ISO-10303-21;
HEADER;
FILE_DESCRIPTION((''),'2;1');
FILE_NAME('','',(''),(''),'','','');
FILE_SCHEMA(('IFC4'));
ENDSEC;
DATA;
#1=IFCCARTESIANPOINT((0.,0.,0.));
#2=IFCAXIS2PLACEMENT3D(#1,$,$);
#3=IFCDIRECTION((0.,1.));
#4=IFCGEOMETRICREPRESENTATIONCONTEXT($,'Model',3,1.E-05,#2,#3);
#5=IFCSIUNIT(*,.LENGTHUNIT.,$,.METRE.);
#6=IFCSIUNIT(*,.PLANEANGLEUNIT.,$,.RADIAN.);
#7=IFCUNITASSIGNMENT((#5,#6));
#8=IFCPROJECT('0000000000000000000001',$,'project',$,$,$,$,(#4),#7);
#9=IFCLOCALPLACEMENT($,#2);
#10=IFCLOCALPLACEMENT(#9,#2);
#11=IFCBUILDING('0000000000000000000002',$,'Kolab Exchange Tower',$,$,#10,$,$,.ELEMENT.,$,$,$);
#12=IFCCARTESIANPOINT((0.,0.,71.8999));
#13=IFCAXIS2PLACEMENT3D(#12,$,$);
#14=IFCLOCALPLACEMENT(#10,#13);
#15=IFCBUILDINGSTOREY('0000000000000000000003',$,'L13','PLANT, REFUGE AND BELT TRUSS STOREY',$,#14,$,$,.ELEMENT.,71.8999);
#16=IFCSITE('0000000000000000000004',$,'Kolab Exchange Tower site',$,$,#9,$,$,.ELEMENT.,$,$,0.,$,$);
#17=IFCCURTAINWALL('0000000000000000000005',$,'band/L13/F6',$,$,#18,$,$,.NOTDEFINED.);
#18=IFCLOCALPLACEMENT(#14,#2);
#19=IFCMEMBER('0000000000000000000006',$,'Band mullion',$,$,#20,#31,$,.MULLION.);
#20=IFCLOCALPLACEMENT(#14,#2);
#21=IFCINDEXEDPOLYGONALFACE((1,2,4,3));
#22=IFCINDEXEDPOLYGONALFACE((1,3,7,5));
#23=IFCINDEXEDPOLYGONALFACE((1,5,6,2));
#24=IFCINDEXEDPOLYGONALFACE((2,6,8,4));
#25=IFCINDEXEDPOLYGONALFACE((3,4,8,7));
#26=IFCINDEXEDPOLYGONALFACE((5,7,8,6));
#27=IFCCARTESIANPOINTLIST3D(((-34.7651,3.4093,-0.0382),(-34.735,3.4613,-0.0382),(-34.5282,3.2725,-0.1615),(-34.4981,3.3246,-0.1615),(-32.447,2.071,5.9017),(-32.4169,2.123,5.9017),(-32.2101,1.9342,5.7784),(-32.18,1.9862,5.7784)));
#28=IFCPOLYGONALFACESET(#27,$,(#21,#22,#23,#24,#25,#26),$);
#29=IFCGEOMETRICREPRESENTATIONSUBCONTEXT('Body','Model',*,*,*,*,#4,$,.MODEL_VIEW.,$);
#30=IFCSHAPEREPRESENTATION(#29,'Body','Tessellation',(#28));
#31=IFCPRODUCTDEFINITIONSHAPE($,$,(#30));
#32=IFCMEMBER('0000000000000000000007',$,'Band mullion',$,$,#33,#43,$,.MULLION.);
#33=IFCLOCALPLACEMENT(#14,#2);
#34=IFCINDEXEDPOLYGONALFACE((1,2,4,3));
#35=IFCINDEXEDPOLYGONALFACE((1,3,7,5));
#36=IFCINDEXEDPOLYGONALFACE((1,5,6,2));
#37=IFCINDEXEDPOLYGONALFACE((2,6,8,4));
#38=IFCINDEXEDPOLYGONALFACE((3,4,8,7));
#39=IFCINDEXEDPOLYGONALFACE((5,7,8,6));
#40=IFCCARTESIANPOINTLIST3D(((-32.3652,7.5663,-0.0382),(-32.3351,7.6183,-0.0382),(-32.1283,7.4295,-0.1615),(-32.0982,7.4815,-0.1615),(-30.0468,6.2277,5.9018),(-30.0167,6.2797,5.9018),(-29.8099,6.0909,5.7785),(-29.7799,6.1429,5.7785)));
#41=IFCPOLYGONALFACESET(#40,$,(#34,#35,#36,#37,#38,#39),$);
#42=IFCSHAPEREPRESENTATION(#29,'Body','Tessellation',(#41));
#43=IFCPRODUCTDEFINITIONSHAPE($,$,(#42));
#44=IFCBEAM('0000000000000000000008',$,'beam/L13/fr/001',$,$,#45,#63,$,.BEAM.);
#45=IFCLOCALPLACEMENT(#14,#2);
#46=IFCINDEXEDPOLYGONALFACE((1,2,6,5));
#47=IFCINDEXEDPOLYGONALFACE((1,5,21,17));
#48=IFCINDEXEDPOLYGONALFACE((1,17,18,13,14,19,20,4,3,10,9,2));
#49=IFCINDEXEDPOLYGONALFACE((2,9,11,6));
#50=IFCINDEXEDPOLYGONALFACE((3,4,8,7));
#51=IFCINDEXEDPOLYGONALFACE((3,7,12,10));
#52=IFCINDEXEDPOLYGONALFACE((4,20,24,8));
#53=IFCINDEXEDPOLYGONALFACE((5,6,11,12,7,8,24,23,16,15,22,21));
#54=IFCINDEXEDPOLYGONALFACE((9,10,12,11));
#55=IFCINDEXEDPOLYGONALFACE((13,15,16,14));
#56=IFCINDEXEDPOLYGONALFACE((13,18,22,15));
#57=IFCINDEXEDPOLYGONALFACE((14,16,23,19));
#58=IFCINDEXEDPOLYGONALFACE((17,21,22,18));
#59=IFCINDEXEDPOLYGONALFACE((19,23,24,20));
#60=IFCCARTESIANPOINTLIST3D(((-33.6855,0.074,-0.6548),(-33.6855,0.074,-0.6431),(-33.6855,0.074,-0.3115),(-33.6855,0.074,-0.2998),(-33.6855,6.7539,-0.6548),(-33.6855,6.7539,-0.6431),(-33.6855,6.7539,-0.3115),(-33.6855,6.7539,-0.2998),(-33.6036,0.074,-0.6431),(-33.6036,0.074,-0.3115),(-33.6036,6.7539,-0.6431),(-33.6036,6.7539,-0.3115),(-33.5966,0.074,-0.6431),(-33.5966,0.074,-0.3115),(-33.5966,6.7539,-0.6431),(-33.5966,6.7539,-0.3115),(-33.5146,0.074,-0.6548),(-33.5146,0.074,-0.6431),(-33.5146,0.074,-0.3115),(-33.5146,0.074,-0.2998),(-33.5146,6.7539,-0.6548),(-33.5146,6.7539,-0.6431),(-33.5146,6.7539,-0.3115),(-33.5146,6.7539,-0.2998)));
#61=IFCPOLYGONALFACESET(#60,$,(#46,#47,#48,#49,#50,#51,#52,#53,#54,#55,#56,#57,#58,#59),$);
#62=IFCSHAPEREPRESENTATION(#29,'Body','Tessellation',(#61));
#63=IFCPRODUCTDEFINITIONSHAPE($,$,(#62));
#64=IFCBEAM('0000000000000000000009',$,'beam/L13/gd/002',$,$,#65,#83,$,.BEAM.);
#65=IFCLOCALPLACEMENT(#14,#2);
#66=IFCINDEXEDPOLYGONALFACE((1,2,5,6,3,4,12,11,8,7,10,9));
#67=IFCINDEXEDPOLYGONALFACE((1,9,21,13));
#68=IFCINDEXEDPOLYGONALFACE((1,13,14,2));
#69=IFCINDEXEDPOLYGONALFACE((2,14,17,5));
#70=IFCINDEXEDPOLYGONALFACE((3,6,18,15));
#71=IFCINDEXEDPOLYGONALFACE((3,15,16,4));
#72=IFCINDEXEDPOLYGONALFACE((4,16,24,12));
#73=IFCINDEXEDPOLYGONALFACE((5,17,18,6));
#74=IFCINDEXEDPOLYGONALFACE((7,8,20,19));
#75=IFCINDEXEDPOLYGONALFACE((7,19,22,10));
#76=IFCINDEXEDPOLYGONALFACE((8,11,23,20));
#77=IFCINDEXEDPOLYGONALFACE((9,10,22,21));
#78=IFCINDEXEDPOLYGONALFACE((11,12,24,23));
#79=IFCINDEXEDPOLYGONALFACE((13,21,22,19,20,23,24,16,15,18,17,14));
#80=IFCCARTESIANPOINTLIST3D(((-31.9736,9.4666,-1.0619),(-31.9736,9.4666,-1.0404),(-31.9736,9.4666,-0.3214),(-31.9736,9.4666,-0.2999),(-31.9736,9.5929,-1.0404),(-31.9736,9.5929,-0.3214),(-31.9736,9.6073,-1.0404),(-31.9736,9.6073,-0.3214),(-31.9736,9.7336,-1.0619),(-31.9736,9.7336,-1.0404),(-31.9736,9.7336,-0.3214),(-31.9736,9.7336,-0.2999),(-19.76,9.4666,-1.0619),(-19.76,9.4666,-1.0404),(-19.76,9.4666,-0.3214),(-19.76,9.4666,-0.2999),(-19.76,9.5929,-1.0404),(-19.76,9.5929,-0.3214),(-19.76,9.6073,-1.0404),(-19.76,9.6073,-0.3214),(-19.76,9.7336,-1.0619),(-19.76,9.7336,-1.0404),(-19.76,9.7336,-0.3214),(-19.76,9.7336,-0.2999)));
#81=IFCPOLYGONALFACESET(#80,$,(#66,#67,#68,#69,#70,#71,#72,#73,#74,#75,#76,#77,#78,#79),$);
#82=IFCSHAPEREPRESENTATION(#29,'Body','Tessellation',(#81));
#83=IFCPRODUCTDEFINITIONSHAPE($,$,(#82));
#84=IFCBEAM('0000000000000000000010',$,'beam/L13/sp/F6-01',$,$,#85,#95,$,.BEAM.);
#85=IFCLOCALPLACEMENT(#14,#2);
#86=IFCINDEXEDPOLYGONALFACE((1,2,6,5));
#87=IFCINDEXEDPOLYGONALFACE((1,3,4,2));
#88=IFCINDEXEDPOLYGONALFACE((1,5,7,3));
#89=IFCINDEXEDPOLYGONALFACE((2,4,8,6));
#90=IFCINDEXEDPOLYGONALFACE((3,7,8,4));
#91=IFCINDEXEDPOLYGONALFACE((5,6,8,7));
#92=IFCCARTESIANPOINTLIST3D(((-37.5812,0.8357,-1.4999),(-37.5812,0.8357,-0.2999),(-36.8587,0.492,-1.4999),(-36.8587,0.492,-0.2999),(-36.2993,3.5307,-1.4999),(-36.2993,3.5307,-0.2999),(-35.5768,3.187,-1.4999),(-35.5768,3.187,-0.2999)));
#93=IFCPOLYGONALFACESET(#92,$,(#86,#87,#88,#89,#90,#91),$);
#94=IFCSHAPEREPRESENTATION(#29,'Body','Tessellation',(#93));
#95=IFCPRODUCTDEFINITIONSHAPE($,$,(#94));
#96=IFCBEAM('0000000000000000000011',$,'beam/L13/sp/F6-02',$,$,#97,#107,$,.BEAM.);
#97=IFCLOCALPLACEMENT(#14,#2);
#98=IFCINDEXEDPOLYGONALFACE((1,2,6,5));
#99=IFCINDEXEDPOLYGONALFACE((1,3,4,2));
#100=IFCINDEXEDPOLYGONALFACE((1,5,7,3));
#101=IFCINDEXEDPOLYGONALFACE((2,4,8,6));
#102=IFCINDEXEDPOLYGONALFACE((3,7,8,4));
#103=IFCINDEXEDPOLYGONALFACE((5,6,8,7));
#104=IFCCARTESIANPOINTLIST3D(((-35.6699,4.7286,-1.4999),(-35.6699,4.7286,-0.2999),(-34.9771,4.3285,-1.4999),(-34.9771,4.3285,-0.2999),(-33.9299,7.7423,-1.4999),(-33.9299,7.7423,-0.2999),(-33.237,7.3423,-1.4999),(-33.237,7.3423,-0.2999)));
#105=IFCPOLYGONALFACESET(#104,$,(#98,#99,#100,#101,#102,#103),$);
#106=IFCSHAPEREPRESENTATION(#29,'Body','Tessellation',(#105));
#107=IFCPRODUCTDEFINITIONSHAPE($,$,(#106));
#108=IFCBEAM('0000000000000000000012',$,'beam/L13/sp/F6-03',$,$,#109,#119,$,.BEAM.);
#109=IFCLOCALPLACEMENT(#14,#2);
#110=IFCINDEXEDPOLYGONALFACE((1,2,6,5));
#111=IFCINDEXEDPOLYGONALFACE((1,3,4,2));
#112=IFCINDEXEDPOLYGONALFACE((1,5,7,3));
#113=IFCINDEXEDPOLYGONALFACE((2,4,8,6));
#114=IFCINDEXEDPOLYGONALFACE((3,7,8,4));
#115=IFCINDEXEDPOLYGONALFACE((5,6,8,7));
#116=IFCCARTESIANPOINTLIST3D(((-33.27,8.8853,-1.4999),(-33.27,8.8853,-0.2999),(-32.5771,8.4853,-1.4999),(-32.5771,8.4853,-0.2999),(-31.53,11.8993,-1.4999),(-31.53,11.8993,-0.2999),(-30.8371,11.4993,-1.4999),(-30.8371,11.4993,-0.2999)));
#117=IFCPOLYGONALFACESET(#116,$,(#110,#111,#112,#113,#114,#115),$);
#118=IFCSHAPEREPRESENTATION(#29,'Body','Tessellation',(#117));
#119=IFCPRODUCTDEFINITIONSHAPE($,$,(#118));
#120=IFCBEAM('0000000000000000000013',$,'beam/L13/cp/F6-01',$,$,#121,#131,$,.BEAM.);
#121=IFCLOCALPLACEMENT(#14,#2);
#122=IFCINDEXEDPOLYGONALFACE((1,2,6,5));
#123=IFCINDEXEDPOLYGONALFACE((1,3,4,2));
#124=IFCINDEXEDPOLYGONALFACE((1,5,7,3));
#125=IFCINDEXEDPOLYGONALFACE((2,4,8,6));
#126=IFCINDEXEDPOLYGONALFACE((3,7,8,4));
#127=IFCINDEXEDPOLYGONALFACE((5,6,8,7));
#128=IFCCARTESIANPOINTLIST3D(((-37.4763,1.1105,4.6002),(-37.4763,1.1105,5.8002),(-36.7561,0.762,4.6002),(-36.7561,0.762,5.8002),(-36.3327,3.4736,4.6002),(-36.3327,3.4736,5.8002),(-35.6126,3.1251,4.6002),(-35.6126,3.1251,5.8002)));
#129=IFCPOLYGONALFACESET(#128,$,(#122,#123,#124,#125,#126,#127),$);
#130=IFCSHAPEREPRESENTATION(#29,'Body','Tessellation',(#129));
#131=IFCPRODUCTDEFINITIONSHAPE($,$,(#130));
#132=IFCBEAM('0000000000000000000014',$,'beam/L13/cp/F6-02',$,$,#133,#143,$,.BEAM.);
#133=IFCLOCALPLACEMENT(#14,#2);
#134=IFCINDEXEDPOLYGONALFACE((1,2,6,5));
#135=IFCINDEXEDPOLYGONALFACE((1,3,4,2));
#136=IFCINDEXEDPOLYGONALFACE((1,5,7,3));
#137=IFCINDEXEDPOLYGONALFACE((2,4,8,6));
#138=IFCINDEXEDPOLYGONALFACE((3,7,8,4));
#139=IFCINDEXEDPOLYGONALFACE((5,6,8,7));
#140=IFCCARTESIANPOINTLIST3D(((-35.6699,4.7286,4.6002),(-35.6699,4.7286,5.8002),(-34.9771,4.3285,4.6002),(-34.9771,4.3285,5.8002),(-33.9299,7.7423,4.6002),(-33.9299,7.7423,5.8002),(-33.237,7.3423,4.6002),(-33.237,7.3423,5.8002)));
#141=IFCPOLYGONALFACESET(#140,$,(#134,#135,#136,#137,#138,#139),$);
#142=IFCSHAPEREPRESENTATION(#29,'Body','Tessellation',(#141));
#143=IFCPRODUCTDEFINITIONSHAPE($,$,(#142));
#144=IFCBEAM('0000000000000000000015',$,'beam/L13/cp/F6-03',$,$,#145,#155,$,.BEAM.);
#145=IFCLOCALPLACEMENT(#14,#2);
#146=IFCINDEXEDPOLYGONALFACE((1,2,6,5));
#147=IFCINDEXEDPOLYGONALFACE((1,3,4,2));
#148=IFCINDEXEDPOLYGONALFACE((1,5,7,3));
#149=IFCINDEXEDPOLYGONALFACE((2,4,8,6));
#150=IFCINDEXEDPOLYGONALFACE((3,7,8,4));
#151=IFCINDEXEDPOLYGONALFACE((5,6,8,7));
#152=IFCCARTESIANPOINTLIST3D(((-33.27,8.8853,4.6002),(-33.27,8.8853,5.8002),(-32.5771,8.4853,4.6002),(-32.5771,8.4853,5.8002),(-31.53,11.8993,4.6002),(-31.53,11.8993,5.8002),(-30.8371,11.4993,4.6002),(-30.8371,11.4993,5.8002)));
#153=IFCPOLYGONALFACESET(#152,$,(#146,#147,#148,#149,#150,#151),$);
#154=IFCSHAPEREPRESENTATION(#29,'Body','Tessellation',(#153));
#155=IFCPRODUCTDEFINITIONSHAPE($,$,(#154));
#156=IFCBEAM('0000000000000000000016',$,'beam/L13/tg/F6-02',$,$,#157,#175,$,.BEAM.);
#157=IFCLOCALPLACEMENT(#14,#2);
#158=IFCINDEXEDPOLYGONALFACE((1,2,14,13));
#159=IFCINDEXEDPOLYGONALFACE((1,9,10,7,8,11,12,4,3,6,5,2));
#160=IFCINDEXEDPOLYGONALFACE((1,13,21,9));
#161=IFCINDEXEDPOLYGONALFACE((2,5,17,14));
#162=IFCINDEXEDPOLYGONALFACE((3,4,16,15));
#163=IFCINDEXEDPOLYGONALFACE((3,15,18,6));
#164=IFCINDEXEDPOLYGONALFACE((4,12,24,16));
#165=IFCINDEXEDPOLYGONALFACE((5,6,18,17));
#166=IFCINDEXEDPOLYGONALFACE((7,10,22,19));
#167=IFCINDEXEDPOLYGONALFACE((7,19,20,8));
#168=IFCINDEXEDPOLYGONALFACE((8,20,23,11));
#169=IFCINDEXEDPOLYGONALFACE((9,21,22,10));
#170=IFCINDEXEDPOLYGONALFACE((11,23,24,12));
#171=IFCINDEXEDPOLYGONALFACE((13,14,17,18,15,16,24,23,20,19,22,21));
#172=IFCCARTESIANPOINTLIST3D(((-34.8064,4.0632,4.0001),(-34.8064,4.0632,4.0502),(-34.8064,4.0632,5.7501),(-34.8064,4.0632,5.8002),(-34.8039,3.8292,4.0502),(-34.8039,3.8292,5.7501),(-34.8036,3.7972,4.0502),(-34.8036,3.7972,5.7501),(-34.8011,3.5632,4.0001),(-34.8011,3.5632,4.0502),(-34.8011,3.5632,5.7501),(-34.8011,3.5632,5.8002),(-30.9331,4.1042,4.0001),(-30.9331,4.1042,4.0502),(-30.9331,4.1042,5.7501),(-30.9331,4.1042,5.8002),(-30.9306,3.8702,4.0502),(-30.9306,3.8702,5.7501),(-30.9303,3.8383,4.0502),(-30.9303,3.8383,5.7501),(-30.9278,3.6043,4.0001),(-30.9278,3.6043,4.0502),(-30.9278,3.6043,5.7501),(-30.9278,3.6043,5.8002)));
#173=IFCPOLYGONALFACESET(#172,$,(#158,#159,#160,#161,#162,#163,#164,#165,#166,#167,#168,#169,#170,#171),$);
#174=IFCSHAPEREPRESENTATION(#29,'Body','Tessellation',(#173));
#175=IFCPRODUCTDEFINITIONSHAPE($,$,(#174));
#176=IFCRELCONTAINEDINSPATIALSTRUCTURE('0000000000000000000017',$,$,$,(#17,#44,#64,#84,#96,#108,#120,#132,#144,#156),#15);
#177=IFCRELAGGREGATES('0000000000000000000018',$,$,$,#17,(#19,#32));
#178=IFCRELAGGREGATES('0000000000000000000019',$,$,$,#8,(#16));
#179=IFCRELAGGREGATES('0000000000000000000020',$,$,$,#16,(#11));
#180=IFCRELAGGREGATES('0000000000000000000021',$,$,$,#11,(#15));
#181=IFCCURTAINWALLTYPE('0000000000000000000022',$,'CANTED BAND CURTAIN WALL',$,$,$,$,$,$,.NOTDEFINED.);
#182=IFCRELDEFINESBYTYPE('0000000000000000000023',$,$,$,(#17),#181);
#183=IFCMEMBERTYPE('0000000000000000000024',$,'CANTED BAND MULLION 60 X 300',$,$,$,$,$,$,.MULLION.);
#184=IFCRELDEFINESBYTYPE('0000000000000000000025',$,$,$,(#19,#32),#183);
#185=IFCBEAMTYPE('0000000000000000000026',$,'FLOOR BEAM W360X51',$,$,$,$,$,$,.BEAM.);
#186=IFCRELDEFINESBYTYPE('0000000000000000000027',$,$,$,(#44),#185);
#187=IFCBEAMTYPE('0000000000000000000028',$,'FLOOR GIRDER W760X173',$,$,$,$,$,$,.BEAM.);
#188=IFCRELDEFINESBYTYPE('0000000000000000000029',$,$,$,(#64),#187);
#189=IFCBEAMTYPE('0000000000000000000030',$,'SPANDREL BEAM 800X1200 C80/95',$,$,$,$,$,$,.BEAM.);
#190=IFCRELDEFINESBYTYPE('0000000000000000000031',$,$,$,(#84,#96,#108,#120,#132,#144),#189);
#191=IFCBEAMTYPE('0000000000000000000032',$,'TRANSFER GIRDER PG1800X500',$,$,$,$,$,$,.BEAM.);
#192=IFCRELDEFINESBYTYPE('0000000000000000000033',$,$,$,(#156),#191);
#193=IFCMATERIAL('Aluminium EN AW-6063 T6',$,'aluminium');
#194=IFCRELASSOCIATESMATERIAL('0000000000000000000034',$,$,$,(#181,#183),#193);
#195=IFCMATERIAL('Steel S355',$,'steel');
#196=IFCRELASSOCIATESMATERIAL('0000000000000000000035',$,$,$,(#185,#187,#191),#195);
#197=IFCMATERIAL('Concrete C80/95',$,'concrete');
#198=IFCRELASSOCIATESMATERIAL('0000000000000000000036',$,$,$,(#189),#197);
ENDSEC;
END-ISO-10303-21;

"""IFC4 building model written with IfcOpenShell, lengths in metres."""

from ifc_helpers import new_model, si_unit, direction, frame, origin, origin_2d, place, context, subcontext, project, spatial, rectangle, i_section, extrude, material, material_profile, profile_set, type_object, element, aggregate, save


model = new_model("IFC4")

# Units and contexts
model_context = context("Model", 3, precision=1e-05, world=origin(), true_north=direction((0.0, 1.0)))
body_context = subcontext(model_context, "Body", "Model", "MODEL_VIEW")
ifc_project = project(units=[si_unit("LENGTHUNIT", "METRE"), si_unit("PLANEANGLEUNIT", "RADIAN")], contexts=[model_context])

# Site, building, storey
site_placement = place(None, origin())
site = spatial("IfcSite", under=ifc_project, at=site_placement, Name="Kolab Exchange Tower site", CompositionType="ELEMENT", RefElevation=0.0)
building_placement = place(site_placement, origin())
building = spatial("IfcBuilding", under=site, at=building_placement, Name="Kolab Exchange Tower", CompositionType="ELEMENT")
storey_placement = place(building_placement, frame((0.0, 0.0, 71.8999)))
storey = spatial("IfcBuildingStorey", under=building, at=storey_placement, Name="L13", Description="PLANT, REFUGE AND BELT TRUSS STOREY", CompositionType="ELEMENT", Elevation=71.8999)

# Shared definitions
ifc_material_1 = material(Name="Concrete C80/95", Category="concrete")

# Shared definitions
ifc_material_2 = material(Name="Steel S355", Category="steel")

# Curtain wall, members
ifc_material_3 = material(Name="Aluminium EN AW-6063 T6", Category="aluminium")
curtain_wall_type_1 = type_object("IfcCurtainWallType", Name="CANTED BAND CURTAIN WALL", PredefinedType="NOTDEFINED", material=ifc_material_3)
curtain_wall_1_placement = place(storey_placement, origin())
curtain_wall_1 = element("IfcCurtainWall", 1, at=curtain_wall_1_placement, inside=storey, type_object=curtain_wall_type_1, Name="band/L13/F6", PredefinedType="NOTDEFINED")
ifc_material_profile_1 = material_profile(ifc_material_3, rectangle(XDim=0.0601, YDim=0.3, at=origin_2d()), Name="RECT 60X300")
ifc_profile_set_1 = profile_set([ifc_material_profile_1], Name="Aluminium EN AW-6063 T6")
member_type_1 = type_object("IfcMemberType", Name="CANTED BAND MULLION 60 X 300", PredefinedType="MULLION", material=ifc_profile_set_1)
member_1_placement = place(storey_placement, frame((-34.6316, 3.3669, -0.0999), z_axis=(0.355801, -0.205424, 0.911705), x_axis=(0.500004, 0.866023, 0.0)))
member_1 = element("IfcMember", 2, at=member_1_placement, type_object=member_type_1, Name="Band mullion", PredefinedType="MULLION", context=body_context, shape_type="SweptSolid", body=[
    extrude(rectangle(XDim=0.0601, YDim=0.3, at=origin_2d()), origin(), (0.0, 0.0, 1.0), 6.5151),
])
member_2_placement = place(storey_placement, frame((-32.2317, 7.5239, -0.0999), z_axis=(0.355831, -0.205457, 0.911686), x_axis=(0.500033, 0.866006, 0.0)))
member_2 = element("IfcMember", 3, at=member_2_placement, type_object=member_type_1, Name="Band mullion", PredefinedType="MULLION", context=body_context, shape_type="SweptSolid", body=[
    extrude(rectangle(XDim=0.0601, YDim=0.3, at=origin_2d()), origin(), (0.0, 0.0, 1.0), 6.5154),
])

# Beams
ifc_material_profile_2 = material_profile(ifc_material_2, i_section(OverallWidth=0.1709, OverallDepth=0.355, WebThickness=0.0071, FlangeThickness=0.0117, at=origin_2d()), Name="W360X51")
ifc_profile_set_2 = profile_set([ifc_material_profile_2], Name="Steel S355")
beam_type_1 = type_object("IfcBeamType", Name="FLOOR BEAM W360X51", PredefinedType="BEAM", material=ifc_profile_set_2)
beam_1_placement = place(storey_placement, frame((-33.6001, 0.074, -0.4773), z_axis=(0.0, 1.0, 0.0), x_axis=(-1.0, 0.0, 0.0)))
element("IfcBeam", 4, at=beam_1_placement, inside=storey, type_object=beam_type_1, Name="beam/L13/fr/001", PredefinedType="BEAM", context=body_context, shape_type="SweptSolid", body=[
    extrude(i_section(OverallWidth=0.1709, OverallDepth=0.355, WebThickness=0.0071, FlangeThickness=0.0117, at=origin_2d()), origin(), (0.0, 0.0, 1.0), 6.6799),
])
ifc_material_profile_3 = material_profile(ifc_material_2, i_section(OverallWidth=0.2671, OverallDepth=0.762, WebThickness=0.0144, FlangeThickness=0.0215, at=origin_2d()), Name="W760X173")
ifc_profile_set_3 = profile_set([ifc_material_profile_3], Name="Steel S355")
beam_type_2 = type_object("IfcBeamType", Name="FLOOR GIRDER W760X173", PredefinedType="BEAM", material=ifc_profile_set_3)
beam_2_placement = place(storey_placement, frame((-31.9736, 9.6001, -0.6809), z_axis=(1.0, 0.0, 0.0), x_axis=(0.0, 1.0, 0.0)))
element("IfcBeam", 5, at=beam_2_placement, inside=storey, type_object=beam_type_2, Name="beam/L13/gd/002", PredefinedType="BEAM", context=body_context, shape_type="SweptSolid", body=[
    extrude(i_section(OverallWidth=0.2671, OverallDepth=0.762, WebThickness=0.0144, FlangeThickness=0.0215, at=origin_2d()), origin(), (0.0, 0.0, 1.0), 12.2136),
])
ifc_material_profile_4 = material_profile(ifc_material_1, rectangle(XDim=0.8, YDim=1.2, at=origin_2d()), Name="RC800X1200")
ifc_profile_set_4 = profile_set([ifc_material_profile_4], Name="Concrete C80/95")
beam_type_3 = type_object("IfcBeamType", Name="SPANDREL BEAM 800X1200 C80/95", PredefinedType="BEAM", material=ifc_profile_set_4)
beam_3_placement = place(storey_placement, frame((-37.22, 0.6638, -0.8999), z_axis=(0.429556, 0.90304, 0.0), x_axis=(-0.90304, 0.429556, 0.0)))
element("IfcBeam", 6, at=beam_3_placement, inside=storey, type_object=beam_type_3, Name="beam/L13/sp/F6-01", PredefinedType="BEAM", context=body_context, shape_type="SweptSolid", body=[
    extrude(rectangle(XDim=0.8, YDim=1.2, at=origin_2d()), origin(), (0.0, 0.0, 1.0), 2.9844),
])
beam_4_placement = place(storey_placement, frame((-35.3235, 4.5286, -0.8999), z_axis=(0.50001, 0.86602, 0.0), x_axis=(-0.86602, 0.50001, 0.0)))
element("IfcBeam", 7, at=beam_4_placement, inside=storey, type_object=beam_type_3, Name="beam/L13/sp/F6-02", PredefinedType="BEAM", context=body_context, shape_type="SweptSolid", body=[
    extrude(rectangle(XDim=0.8, YDim=1.2, at=origin_2d()), origin(), (0.0, 0.0, 1.0), 3.48),
])
beam_5_placement = place(storey_placement, frame((-32.9236, 8.6853, -0.8999), z_axis=(0.49998, 0.866037, 0.0), x_axis=(-0.866037, 0.49998, 0.0)))
element("IfcBeam", 8, at=beam_5_placement, inside=storey, type_object=beam_type_3, Name="beam/L13/sp/F6-03", PredefinedType="BEAM", context=body_context, shape_type="SweptSolid", body=[
    extrude(rectangle(XDim=0.8, YDim=1.2, at=origin_2d()), origin(), (0.0, 0.0, 1.0), 3.4802),
])
beam_6_placement = place(storey_placement, frame((-37.1162, 0.9363, 5.2002), z_axis=(0.435607, 0.900137, 0.0), x_axis=(-0.900137, 0.435607, 0.0)))
element("IfcBeam", 9, at=beam_6_placement, inside=storey, type_object=beam_type_3, Name="beam/L13/cp/F6-01", PredefinedType="BEAM", context=body_context, shape_type="SweptSolid", body=[
    extrude(rectangle(XDim=0.8, YDim=1.2, at=origin_2d()), origin(), (0.0, 0.0, 1.0), 2.6252),
])
beam_7_placement = place(storey_placement, frame((-35.3235, 4.5286, 5.2002), z_axis=(0.50001, 0.86602, 0.0), x_axis=(-0.86602, 0.50001, 0.0)))
element("IfcBeam", 10, at=beam_7_placement, inside=storey, type_object=beam_type_3, Name="beam/L13/cp/F6-02", PredefinedType="BEAM", context=body_context, shape_type="SweptSolid", body=[
    extrude(rectangle(XDim=0.8, YDim=1.2, at=origin_2d()), origin(), (0.0, 0.0, 1.0), 3.48),
])
beam_8_placement = place(storey_placement, frame((-32.9236, 8.6853, 5.2002), z_axis=(0.49998, 0.866037, 0.0), x_axis=(-0.866037, 0.49998, 0.0)))
element("IfcBeam", 11, at=beam_8_placement, inside=storey, type_object=beam_type_3, Name="beam/L13/cp/F6-03", PredefinedType="BEAM", context=body_context, shape_type="SweptSolid", body=[
    extrude(rectangle(XDim=0.8, YDim=1.2, at=origin_2d()), origin(), (0.0, 0.0, 1.0), 3.4802),
])
ifc_material_profile_5 = material_profile(ifc_material_2, i_section(OverallWidth=0.5, OverallDepth=1.8, WebThickness=0.032, FlangeThickness=0.05, at=origin_2d()), Name="PG1800X500")
ifc_profile_set_5 = profile_set([ifc_material_profile_5], Name="Steel S355")
beam_type_4 = type_object("IfcBeamType", Name="TRANSFER GIRDER PG1800X500", PredefinedType="BEAM", material=ifc_profile_set_5)
beam_9_placement = place(storey_placement, frame((-30.9304, 3.8542, 4.9001), z_axis=(-0.999944, -0.010589, 0.0), x_axis=(0.010589, -0.999944, 0.0)))
element("IfcBeam", 12, at=beam_9_placement, inside=storey, type_object=beam_type_4, Name="beam/L13/tg/F6-02", PredefinedType="BEAM", context=body_context, shape_type="SweptSolid", body=[
    extrude(i_section(OverallWidth=0.5, OverallDepth=1.8, WebThickness=0.032, FlangeThickness=0.05, at=origin_2d()), origin(), (0.0, 0.0, 1.0), 3.8735),
])

aggregate(curtain_wall_1, [member_1, member_2])

save(model, "model.ifc")
